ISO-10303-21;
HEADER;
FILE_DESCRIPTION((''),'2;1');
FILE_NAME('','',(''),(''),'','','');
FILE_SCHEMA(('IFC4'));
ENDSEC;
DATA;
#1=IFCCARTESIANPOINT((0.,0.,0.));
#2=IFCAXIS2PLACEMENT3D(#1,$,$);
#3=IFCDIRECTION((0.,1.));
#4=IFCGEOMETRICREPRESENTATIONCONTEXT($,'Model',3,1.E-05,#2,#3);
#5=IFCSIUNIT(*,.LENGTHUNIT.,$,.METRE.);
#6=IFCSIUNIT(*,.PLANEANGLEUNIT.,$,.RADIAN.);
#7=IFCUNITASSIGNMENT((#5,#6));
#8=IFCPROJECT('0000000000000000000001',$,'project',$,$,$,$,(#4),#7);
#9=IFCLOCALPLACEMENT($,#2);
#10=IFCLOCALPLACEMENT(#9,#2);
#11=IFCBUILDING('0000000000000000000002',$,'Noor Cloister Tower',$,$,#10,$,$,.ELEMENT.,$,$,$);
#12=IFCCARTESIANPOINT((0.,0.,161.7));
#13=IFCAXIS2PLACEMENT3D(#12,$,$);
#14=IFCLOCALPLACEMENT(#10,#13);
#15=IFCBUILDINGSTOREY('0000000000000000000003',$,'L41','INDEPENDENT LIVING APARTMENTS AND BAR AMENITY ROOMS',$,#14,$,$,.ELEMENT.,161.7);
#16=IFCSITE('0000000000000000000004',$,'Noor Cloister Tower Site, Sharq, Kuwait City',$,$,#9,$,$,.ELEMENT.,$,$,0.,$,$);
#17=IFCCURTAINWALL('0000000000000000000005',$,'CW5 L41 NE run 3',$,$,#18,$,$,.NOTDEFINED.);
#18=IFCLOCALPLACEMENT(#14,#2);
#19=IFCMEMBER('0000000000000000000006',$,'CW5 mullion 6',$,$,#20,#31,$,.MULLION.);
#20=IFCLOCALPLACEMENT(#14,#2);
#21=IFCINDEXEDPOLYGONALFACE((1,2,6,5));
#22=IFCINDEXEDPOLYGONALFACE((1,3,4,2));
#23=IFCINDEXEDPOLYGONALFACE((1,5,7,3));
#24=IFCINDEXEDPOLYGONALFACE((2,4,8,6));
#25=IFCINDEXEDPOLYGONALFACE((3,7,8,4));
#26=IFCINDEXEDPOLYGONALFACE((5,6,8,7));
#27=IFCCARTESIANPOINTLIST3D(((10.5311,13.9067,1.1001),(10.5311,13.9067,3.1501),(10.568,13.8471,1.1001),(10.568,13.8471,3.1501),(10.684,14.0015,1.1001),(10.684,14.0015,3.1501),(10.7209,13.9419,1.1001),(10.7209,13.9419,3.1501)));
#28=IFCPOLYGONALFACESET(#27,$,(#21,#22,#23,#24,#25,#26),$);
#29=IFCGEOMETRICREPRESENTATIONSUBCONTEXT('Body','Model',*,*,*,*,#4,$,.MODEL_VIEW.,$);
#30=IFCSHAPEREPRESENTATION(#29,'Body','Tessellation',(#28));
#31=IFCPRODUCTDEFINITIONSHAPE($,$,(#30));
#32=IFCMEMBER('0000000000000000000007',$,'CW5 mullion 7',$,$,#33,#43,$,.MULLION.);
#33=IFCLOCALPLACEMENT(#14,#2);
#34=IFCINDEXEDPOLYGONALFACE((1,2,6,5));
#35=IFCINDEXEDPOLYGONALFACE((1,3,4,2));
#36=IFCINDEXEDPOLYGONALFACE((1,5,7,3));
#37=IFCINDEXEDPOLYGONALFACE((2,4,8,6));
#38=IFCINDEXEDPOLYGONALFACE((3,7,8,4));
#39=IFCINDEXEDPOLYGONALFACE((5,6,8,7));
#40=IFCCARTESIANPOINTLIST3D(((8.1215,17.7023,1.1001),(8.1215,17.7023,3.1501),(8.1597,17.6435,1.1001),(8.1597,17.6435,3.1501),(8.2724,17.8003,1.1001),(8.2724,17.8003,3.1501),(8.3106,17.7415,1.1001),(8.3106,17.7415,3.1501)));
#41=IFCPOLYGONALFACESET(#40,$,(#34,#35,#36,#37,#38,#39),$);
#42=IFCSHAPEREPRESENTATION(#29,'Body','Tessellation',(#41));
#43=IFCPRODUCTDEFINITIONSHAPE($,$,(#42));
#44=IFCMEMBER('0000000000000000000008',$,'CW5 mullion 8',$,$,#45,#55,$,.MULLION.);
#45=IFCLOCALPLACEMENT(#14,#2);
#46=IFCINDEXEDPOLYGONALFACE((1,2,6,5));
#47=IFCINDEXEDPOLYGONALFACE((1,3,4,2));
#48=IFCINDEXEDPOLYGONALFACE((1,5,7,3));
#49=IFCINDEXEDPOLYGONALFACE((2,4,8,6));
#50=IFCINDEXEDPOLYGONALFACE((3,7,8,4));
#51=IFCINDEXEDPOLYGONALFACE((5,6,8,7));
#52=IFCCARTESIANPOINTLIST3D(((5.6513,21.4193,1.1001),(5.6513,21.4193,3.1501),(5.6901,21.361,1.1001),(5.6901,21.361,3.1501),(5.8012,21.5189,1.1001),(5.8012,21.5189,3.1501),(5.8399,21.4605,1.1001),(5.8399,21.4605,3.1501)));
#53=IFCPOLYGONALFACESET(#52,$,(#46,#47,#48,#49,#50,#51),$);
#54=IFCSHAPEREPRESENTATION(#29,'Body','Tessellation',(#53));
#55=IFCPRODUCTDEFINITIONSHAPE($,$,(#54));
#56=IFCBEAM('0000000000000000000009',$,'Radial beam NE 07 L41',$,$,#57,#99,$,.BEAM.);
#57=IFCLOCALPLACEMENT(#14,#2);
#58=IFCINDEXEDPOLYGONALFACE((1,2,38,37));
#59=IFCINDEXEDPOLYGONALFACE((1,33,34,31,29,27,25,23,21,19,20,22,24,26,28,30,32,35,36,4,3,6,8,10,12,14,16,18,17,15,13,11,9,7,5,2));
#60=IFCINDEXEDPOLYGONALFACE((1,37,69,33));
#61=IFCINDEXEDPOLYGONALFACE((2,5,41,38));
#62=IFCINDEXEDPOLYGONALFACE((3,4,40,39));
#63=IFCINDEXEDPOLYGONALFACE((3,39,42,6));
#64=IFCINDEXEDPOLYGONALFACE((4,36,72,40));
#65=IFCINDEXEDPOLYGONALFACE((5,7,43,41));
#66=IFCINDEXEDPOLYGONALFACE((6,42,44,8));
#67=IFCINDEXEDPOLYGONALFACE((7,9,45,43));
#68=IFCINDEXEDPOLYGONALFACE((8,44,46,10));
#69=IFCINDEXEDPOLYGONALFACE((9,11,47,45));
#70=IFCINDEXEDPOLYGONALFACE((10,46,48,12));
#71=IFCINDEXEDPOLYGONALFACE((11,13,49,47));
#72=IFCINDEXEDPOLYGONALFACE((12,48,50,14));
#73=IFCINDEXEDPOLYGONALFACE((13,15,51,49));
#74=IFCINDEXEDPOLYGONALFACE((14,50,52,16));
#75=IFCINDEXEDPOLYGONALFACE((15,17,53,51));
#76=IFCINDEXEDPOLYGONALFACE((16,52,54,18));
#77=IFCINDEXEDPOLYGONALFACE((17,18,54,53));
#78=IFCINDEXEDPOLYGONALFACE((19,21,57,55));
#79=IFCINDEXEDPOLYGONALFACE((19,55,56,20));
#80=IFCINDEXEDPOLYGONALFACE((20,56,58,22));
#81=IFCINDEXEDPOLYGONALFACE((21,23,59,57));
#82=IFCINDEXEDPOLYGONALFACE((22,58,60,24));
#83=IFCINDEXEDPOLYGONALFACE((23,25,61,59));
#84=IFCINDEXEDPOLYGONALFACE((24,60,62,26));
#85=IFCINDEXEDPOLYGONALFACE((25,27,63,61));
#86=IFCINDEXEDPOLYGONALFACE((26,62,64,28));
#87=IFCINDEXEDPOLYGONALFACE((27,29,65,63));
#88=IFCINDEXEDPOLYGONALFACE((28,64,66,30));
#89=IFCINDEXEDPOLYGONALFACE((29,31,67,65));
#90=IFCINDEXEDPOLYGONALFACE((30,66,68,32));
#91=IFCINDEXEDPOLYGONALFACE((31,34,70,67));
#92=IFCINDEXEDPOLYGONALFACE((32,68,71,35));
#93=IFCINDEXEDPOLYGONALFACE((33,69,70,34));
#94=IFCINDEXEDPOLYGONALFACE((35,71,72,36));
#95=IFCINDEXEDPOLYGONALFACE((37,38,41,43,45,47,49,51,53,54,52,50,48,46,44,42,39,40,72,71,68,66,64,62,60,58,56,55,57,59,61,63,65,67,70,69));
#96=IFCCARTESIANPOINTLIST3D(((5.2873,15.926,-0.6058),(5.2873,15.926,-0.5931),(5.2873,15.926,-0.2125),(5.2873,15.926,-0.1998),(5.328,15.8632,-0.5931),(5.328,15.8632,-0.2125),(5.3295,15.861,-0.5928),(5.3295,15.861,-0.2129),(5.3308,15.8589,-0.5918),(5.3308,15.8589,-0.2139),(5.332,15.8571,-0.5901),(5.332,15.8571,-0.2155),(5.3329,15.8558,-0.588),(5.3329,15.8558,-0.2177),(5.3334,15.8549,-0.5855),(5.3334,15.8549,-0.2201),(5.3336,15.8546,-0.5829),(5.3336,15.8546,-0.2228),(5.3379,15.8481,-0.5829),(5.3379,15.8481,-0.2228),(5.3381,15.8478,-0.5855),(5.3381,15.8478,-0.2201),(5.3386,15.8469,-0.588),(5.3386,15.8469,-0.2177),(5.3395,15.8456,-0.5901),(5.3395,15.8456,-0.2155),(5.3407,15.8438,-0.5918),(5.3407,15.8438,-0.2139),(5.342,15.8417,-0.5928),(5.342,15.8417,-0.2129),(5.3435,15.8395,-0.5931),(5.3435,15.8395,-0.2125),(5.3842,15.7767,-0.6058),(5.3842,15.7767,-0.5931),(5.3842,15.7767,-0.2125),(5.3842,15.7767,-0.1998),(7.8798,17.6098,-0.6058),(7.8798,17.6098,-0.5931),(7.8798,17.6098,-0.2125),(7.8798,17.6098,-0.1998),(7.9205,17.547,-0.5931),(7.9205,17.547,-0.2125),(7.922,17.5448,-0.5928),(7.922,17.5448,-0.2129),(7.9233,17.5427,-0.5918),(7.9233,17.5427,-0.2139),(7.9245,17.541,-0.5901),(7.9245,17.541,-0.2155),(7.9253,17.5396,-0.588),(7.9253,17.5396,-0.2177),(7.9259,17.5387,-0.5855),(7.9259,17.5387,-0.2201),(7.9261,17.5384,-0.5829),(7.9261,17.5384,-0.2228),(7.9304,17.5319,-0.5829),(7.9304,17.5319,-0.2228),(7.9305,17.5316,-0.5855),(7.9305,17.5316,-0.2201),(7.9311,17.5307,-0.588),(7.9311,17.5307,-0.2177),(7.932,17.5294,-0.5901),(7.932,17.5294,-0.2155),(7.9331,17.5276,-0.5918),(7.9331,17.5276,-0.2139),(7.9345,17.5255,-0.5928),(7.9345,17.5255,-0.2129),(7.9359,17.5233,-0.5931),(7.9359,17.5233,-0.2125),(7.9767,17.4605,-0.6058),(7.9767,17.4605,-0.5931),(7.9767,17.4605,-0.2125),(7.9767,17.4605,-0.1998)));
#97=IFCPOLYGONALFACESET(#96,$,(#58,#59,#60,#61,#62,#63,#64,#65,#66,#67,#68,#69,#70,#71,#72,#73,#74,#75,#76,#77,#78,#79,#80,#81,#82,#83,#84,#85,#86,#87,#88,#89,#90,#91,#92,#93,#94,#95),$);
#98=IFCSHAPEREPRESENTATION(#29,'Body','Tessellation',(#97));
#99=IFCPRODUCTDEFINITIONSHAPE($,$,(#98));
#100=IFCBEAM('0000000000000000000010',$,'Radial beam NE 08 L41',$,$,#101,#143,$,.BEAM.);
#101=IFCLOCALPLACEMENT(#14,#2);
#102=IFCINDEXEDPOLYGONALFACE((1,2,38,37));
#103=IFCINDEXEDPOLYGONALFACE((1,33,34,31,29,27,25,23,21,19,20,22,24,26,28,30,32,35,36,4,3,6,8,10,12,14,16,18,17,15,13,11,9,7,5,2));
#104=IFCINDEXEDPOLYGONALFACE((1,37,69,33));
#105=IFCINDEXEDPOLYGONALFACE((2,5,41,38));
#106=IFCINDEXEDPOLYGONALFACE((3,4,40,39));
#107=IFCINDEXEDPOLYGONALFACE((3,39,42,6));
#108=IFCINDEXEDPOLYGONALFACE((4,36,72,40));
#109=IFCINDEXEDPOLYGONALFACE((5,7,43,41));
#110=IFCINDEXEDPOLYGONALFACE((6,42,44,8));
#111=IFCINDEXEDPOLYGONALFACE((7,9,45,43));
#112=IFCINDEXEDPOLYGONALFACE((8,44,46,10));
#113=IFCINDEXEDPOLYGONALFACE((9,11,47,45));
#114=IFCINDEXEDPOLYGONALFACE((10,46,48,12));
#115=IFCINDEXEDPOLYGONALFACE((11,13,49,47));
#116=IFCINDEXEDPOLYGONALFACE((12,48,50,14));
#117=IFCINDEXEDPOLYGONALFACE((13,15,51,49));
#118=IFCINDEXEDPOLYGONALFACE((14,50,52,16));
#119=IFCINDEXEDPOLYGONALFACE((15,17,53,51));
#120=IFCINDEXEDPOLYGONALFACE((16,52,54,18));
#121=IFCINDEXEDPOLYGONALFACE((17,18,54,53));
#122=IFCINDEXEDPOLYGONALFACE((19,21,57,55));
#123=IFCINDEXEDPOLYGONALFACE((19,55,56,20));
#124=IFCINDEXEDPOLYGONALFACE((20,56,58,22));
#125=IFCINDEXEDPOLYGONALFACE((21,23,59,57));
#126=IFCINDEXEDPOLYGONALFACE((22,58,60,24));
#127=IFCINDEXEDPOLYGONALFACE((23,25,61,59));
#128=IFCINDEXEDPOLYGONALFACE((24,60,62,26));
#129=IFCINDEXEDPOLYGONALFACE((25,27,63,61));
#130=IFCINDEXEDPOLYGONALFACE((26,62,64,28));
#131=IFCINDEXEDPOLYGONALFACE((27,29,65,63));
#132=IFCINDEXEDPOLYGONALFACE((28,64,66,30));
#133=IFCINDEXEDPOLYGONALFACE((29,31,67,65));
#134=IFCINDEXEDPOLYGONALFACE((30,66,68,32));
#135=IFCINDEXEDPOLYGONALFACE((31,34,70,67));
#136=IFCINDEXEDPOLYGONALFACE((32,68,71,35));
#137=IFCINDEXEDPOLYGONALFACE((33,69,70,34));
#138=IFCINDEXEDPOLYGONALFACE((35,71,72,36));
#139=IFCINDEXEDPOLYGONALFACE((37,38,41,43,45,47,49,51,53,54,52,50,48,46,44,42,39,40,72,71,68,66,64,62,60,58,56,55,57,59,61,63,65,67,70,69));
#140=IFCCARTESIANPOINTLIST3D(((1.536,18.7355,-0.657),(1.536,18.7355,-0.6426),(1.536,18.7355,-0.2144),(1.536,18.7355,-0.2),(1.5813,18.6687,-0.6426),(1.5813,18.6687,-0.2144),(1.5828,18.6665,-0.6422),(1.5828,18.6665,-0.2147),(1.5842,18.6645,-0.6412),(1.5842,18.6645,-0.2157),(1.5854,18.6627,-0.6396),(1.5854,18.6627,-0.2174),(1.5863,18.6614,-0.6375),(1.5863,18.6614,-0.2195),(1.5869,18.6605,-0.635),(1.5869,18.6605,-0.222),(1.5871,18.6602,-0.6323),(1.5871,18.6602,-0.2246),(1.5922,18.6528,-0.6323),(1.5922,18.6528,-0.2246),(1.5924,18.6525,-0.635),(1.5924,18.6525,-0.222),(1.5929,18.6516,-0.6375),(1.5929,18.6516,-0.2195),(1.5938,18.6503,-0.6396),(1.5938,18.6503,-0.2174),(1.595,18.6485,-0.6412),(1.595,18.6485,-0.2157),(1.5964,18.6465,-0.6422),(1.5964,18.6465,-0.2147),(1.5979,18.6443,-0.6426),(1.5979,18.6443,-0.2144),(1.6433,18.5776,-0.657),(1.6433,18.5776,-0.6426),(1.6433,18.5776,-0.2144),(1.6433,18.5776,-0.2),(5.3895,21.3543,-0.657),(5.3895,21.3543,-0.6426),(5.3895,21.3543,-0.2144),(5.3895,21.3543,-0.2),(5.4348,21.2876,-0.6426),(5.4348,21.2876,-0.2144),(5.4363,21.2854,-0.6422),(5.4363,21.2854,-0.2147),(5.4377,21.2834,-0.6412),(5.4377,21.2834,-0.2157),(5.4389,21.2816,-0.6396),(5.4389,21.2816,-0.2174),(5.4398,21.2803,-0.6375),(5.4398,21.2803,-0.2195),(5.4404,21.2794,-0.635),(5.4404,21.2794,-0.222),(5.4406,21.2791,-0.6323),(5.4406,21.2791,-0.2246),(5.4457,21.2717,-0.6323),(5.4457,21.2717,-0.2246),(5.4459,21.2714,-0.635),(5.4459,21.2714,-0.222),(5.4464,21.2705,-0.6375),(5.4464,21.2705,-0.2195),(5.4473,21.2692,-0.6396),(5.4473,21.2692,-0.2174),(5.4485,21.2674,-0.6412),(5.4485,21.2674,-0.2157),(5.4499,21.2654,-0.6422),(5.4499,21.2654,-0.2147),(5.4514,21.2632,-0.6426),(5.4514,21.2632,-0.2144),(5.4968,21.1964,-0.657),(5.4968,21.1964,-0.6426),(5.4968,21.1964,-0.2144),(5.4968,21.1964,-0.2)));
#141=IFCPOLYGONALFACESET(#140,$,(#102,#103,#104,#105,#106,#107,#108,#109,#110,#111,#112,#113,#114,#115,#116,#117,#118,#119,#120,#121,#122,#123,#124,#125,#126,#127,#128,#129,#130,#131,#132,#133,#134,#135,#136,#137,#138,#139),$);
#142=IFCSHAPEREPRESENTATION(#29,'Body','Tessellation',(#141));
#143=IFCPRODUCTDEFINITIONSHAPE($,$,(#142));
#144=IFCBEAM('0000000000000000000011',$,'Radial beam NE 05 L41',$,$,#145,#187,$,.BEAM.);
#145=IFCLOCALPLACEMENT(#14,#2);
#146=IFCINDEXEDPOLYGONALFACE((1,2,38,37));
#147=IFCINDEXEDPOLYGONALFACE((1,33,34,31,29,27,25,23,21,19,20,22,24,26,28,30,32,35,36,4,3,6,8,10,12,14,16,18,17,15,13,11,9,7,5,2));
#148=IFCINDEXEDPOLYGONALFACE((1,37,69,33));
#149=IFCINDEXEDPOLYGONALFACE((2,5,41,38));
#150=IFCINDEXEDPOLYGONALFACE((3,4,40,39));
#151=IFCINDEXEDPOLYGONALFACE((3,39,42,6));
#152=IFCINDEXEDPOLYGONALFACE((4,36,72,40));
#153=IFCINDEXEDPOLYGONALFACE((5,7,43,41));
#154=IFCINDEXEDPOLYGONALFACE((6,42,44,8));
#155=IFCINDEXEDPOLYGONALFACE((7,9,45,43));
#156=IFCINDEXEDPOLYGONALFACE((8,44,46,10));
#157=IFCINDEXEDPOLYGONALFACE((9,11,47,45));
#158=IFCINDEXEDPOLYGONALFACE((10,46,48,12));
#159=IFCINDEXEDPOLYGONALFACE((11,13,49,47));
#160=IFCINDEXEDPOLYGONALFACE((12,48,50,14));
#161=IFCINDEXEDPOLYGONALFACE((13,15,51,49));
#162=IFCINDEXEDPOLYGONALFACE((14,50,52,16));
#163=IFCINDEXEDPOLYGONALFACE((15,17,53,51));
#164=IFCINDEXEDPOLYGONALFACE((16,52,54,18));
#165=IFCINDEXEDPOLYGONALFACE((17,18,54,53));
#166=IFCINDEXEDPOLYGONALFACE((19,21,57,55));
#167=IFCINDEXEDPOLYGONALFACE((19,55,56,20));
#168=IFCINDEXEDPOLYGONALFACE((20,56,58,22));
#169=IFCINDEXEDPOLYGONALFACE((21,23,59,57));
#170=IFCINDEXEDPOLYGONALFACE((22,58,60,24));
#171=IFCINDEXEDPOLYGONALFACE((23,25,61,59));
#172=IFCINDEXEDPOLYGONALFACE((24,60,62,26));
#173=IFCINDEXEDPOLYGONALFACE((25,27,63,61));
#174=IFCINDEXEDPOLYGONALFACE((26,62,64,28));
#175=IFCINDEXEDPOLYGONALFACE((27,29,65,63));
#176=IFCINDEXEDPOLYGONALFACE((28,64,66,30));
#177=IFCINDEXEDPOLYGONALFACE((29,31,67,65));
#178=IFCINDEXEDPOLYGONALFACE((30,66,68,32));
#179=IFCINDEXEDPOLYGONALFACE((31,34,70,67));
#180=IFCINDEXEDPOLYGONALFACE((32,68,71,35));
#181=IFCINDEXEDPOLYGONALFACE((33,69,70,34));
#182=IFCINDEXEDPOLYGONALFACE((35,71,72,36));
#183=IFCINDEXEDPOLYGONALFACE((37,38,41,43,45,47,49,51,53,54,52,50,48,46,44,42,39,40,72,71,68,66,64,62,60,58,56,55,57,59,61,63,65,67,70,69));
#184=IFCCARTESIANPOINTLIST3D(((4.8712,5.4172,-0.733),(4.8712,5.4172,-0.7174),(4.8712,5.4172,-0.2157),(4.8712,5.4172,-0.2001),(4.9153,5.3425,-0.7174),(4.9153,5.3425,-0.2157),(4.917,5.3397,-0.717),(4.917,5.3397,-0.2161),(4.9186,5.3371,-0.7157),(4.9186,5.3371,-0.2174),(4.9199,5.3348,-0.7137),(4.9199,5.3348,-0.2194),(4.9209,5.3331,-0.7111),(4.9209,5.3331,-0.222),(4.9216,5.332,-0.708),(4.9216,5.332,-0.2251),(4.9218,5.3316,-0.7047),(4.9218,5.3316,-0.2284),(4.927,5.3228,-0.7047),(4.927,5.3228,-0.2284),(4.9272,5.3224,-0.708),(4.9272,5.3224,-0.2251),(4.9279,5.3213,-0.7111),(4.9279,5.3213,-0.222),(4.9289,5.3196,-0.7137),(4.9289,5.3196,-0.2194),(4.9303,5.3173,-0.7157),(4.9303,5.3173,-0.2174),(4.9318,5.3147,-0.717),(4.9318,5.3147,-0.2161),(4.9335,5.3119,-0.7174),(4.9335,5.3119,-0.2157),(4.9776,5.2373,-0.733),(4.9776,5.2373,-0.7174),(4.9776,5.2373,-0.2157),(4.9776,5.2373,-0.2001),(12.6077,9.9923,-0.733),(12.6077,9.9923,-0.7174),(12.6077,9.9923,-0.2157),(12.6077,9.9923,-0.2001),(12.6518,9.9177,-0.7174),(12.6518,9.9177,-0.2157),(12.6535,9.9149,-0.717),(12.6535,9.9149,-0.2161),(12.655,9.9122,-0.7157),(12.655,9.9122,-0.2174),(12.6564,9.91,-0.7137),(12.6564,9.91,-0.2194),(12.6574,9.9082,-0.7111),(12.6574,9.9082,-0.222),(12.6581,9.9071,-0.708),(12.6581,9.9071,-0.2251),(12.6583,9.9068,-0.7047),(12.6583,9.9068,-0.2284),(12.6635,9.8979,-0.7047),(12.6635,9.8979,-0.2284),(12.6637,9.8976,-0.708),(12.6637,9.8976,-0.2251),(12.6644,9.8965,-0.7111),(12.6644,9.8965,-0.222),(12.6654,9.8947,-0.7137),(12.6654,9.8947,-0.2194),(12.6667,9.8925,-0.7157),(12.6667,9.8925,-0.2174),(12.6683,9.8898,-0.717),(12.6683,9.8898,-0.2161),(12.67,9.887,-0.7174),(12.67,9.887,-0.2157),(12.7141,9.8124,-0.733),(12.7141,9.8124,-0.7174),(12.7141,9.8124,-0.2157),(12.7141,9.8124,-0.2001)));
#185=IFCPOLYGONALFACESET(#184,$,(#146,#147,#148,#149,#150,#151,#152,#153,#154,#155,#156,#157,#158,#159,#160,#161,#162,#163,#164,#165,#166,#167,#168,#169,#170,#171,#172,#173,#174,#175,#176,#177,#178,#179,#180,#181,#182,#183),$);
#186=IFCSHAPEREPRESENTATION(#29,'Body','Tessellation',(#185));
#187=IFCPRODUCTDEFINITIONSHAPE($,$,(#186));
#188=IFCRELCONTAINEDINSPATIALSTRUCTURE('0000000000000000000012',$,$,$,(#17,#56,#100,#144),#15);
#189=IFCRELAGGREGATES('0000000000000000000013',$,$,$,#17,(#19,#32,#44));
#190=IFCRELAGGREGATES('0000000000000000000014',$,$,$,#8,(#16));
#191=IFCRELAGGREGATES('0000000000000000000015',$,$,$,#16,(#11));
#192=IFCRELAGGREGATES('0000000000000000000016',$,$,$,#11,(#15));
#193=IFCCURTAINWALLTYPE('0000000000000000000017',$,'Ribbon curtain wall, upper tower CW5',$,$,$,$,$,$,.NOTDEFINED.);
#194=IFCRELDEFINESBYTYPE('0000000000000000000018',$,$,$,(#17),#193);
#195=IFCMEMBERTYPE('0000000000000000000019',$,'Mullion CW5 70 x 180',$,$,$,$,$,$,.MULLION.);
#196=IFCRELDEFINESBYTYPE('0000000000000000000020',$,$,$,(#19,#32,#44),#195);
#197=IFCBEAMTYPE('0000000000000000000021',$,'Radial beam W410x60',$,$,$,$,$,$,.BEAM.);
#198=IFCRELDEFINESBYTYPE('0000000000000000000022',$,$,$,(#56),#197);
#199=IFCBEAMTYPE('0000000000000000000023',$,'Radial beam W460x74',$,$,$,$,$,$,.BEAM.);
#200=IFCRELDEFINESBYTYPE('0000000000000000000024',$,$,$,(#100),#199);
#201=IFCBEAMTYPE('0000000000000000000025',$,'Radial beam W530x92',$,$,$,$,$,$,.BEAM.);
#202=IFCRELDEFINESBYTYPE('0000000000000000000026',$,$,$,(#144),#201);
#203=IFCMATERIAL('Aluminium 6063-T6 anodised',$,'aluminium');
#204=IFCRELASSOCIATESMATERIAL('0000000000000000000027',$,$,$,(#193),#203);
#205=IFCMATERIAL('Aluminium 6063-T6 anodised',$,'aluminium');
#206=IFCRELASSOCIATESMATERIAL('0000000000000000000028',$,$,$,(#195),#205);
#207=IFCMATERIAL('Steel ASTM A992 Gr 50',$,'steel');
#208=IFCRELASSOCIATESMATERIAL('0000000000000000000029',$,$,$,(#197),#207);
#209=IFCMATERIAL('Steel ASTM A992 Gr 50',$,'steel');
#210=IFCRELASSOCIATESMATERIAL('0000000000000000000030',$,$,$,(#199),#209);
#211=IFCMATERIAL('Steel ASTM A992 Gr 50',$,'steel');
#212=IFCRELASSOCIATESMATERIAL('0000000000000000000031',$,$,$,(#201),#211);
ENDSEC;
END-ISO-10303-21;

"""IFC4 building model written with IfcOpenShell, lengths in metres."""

from ifc_helpers import new_model, si_unit, direction, frame, origin, origin_2d, place, context, subcontext, project, spatial, rectangle, i_section, extrude, material, material_profile, profile_set, type_object, element, aggregate, save


model = new_model("IFC4")

# Units and contexts
model_context = context("Model", 3, precision=1e-05, world=origin(), true_north=direction((0.0, 1.0)))
body_context = subcontext(model_context, "Body", "Model", "MODEL_VIEW")
ifc_project = project(units=[si_unit("LENGTHUNIT", "METRE"), si_unit("PLANEANGLEUNIT", "RADIAN")], contexts=[model_context])

# Site, building, storey
site_placement = place(None, origin())
site = spatial("IfcSite", under=ifc_project, at=site_placement, Name="Noor Cloister Tower Site, Sharq, Kuwait City", CompositionType="ELEMENT", RefElevation=0.0)
building_placement = place(site_placement, origin())
building = spatial("IfcBuilding", under=site, at=building_placement, Name="Noor Cloister Tower", CompositionType="ELEMENT")
storey_placement = place(building_placement, frame((0.0, 0.0, 161.7)))
storey = spatial("IfcBuildingStorey", under=building, at=storey_placement, Name="L41", Description="INDEPENDENT LIVING APARTMENTS AND BAR AMENITY ROOMS", CompositionType="ELEMENT", Elevation=161.7)

# Curtain wall, members
ifc_material_1 = material(Name="Aluminium 6063-T6 anodised", Category="aluminium")
curtain_wall_type = type_object("IfcCurtainWallType", Name="Ribbon curtain wall, upper tower CW5", PredefinedType="NOTDEFINED", material=ifc_material_1)
curtain_wall_placement = place(storey_placement, origin())
curtain_wall = element("IfcCurtainWall", 1, at=curtain_wall_placement, inside=storey, type_object=curtain_wall_type, Name="CW5 L41 NE run 3", PredefinedType="NOTDEFINED")
ifc_material_2 = material(Name="Aluminium 6063-T6 anodised", Category="aluminium")
ifc_material_profile_1 = material_profile(ifc_material_2, rectangle(XDim=0.1799, YDim=0.0701, at=origin_2d()), Name="180 x 70 mullion")
ifc_profile_set_1 = profile_set([ifc_material_profile_1], Name="Aluminium 6063-T6 anodised")
member_type = type_object("IfcMemberType", Name="Mullion CW5 70 x 180", PredefinedType="MULLION", material=ifc_profile_set_1)
member_1_placement = place(storey_placement, frame((10.626, 13.9243, 1.1001), z_axis=(0.0, 0.0, 1.0), x_axis=(-0.849891, -0.526959, 0.0)))
member_1 = element("IfcMember", 2, at=member_1_placement, type_object=member_type, Name="CW5 mullion 6", PredefinedType="MULLION", context=body_context, shape_type="SweptSolid", body=[
    extrude(rectangle(XDim=0.1799, YDim=0.0701, at=origin_2d()), origin(), (0.0, 0.0, 1.0), 2.05),
])
member_2_placement = place(storey_placement, frame((8.2161, 17.7219, 1.1001), z_axis=(0.0, 0.0, 1.0), x_axis=(-0.838667, -0.544644, 0.0)))
member_2 = element("IfcMember", 3, at=member_2_placement, type_object=member_type, Name="CW5 mullion 7", PredefinedType="MULLION", context=body_context, shape_type="SweptSolid", body=[
    extrude(rectangle(XDim=0.1799, YDim=0.0701, at=origin_2d()), origin(), (0.0, 0.0, 1.0), 2.05),
])
member_3_placement = place(storey_placement, frame((5.7456, 21.4399, 1.1001), z_axis=(0.0, 0.0, 1.0), x_axis=(-0.832917, -0.553398, 0.0)))
member_3 = element("IfcMember", 4, at=member_3_placement, type_object=member_type, Name="CW5 mullion 8", PredefinedType="MULLION", context=body_context, shape_type="SweptSolid", body=[
    extrude(rectangle(XDim=0.1799, YDim=0.0701, at=origin_2d()), origin(), (0.0, 0.0, 1.0), 2.05),
])

# Beams
ifc_material_3 = material(Name="Steel ASTM A992 Gr 50", Category="steel")
ifc_material_profile_2 = material_profile(ifc_material_3, i_section(OverallWidth=0.178, OverallDepth=0.406, WebThickness=0.0078, FlangeThickness=0.0127, FilletRadius=0.0103, at=origin_2d()), Name="W410x60")
ifc_profile_set_2 = profile_set([ifc_material_profile_2], Name="Steel ASTM A992 Gr 50")
beam_type_1 = type_object("IfcBeamType", Name="Radial beam W410x60", PredefinedType="BEAM", material=ifc_profile_set_2)
beam_1_placement = place(storey_placement, frame((7.9282, 17.5352, -0.4028), z_axis=(-0.838637, -0.544691, 0.0), x_axis=(0.544691, -0.838637, 0.0)))
element("IfcBeam", 5, at=beam_1_placement, inside=storey, type_object=beam_type_1, Name="Radial beam NE 07 L41", PredefinedType="BEAM", context=body_context, shape_type="SweptSolid", body=[
    extrude(i_section(OverallWidth=0.178, OverallDepth=0.406, WebThickness=0.0078, FlangeThickness=0.0127, FilletRadius=0.0103, at=origin_2d()), origin(), (0.0, 0.0, 1.0), 3.0913),
])
ifc_material_4 = material(Name="Steel ASTM A992 Gr 50", Category="steel")
ifc_material_profile_3 = material_profile(ifc_material_4, i_section(OverallWidth=0.1909, OverallDepth=0.457, WebThickness=0.009, FlangeThickness=0.0144, FilletRadius=0.0103, at=origin_2d()), Name="W460x74")
ifc_profile_set_3 = profile_set([ifc_material_profile_3], Name="Steel ASTM A992 Gr 50")
beam_type_2 = type_object("IfcBeamType", Name="Radial beam W460x74", PredefinedType="BEAM", material=ifc_profile_set_3)
beam_2_placement = place(storey_placement, frame((5.4431, 21.2754, -0.4285), z_axis=(-0.827076, -0.562091, 0.0), x_axis=(0.562091, -0.827076, 0.0)))
element("IfcBeam", 6, at=beam_2_placement, inside=storey, type_object=beam_type_2, Name="Radial beam NE 08 L41", PredefinedType="BEAM", context=body_context, shape_type="SweptSolid", body=[
    extrude(i_section(OverallWidth=0.1909, OverallDepth=0.457, WebThickness=0.009, FlangeThickness=0.0144, FilletRadius=0.0103, at=origin_2d()), origin(), (0.0, 0.0, 1.0), 4.6592),
])
ifc_material_5 = material(Name="Steel ASTM A992 Gr 50", Category="steel")
ifc_material_profile_4 = material_profile(ifc_material_5, i_section(OverallWidth=0.209, OverallDepth=0.533, WebThickness=0.0103, FlangeThickness=0.0156, FilletRadius=0.0127, at=origin_2d()), Name="W530x92")
ifc_profile_set_4 = profile_set([ifc_material_profile_4], Name="Steel ASTM A992 Gr 50")
beam_type_3 = type_object("IfcBeamType", Name="Radial beam W530x92", PredefinedType="BEAM", material=ifc_profile_set_4)
beam_3_placement = place(storey_placement, frame((12.6609, 9.9023, -0.4666), z_axis=(-0.860752, -0.509025, 0.0), x_axis=(0.509025, -0.860752, 0.0)))
element("IfcBeam", 7, at=beam_3_placement, inside=storey, type_object=beam_type_3, Name="Radial beam NE 05 L41", PredefinedType="BEAM", context=body_context, shape_type="SweptSolid", body=[
    extrude(i_section(OverallWidth=0.209, OverallDepth=0.533, WebThickness=0.0103, FlangeThickness=0.0156, FilletRadius=0.0127, at=origin_2d()), origin(), (0.0, 0.0, 1.0), 8.988),
])

aggregate(curtain_wall, [member_1, member_2, member_3])

save(model, "model.ifc")
